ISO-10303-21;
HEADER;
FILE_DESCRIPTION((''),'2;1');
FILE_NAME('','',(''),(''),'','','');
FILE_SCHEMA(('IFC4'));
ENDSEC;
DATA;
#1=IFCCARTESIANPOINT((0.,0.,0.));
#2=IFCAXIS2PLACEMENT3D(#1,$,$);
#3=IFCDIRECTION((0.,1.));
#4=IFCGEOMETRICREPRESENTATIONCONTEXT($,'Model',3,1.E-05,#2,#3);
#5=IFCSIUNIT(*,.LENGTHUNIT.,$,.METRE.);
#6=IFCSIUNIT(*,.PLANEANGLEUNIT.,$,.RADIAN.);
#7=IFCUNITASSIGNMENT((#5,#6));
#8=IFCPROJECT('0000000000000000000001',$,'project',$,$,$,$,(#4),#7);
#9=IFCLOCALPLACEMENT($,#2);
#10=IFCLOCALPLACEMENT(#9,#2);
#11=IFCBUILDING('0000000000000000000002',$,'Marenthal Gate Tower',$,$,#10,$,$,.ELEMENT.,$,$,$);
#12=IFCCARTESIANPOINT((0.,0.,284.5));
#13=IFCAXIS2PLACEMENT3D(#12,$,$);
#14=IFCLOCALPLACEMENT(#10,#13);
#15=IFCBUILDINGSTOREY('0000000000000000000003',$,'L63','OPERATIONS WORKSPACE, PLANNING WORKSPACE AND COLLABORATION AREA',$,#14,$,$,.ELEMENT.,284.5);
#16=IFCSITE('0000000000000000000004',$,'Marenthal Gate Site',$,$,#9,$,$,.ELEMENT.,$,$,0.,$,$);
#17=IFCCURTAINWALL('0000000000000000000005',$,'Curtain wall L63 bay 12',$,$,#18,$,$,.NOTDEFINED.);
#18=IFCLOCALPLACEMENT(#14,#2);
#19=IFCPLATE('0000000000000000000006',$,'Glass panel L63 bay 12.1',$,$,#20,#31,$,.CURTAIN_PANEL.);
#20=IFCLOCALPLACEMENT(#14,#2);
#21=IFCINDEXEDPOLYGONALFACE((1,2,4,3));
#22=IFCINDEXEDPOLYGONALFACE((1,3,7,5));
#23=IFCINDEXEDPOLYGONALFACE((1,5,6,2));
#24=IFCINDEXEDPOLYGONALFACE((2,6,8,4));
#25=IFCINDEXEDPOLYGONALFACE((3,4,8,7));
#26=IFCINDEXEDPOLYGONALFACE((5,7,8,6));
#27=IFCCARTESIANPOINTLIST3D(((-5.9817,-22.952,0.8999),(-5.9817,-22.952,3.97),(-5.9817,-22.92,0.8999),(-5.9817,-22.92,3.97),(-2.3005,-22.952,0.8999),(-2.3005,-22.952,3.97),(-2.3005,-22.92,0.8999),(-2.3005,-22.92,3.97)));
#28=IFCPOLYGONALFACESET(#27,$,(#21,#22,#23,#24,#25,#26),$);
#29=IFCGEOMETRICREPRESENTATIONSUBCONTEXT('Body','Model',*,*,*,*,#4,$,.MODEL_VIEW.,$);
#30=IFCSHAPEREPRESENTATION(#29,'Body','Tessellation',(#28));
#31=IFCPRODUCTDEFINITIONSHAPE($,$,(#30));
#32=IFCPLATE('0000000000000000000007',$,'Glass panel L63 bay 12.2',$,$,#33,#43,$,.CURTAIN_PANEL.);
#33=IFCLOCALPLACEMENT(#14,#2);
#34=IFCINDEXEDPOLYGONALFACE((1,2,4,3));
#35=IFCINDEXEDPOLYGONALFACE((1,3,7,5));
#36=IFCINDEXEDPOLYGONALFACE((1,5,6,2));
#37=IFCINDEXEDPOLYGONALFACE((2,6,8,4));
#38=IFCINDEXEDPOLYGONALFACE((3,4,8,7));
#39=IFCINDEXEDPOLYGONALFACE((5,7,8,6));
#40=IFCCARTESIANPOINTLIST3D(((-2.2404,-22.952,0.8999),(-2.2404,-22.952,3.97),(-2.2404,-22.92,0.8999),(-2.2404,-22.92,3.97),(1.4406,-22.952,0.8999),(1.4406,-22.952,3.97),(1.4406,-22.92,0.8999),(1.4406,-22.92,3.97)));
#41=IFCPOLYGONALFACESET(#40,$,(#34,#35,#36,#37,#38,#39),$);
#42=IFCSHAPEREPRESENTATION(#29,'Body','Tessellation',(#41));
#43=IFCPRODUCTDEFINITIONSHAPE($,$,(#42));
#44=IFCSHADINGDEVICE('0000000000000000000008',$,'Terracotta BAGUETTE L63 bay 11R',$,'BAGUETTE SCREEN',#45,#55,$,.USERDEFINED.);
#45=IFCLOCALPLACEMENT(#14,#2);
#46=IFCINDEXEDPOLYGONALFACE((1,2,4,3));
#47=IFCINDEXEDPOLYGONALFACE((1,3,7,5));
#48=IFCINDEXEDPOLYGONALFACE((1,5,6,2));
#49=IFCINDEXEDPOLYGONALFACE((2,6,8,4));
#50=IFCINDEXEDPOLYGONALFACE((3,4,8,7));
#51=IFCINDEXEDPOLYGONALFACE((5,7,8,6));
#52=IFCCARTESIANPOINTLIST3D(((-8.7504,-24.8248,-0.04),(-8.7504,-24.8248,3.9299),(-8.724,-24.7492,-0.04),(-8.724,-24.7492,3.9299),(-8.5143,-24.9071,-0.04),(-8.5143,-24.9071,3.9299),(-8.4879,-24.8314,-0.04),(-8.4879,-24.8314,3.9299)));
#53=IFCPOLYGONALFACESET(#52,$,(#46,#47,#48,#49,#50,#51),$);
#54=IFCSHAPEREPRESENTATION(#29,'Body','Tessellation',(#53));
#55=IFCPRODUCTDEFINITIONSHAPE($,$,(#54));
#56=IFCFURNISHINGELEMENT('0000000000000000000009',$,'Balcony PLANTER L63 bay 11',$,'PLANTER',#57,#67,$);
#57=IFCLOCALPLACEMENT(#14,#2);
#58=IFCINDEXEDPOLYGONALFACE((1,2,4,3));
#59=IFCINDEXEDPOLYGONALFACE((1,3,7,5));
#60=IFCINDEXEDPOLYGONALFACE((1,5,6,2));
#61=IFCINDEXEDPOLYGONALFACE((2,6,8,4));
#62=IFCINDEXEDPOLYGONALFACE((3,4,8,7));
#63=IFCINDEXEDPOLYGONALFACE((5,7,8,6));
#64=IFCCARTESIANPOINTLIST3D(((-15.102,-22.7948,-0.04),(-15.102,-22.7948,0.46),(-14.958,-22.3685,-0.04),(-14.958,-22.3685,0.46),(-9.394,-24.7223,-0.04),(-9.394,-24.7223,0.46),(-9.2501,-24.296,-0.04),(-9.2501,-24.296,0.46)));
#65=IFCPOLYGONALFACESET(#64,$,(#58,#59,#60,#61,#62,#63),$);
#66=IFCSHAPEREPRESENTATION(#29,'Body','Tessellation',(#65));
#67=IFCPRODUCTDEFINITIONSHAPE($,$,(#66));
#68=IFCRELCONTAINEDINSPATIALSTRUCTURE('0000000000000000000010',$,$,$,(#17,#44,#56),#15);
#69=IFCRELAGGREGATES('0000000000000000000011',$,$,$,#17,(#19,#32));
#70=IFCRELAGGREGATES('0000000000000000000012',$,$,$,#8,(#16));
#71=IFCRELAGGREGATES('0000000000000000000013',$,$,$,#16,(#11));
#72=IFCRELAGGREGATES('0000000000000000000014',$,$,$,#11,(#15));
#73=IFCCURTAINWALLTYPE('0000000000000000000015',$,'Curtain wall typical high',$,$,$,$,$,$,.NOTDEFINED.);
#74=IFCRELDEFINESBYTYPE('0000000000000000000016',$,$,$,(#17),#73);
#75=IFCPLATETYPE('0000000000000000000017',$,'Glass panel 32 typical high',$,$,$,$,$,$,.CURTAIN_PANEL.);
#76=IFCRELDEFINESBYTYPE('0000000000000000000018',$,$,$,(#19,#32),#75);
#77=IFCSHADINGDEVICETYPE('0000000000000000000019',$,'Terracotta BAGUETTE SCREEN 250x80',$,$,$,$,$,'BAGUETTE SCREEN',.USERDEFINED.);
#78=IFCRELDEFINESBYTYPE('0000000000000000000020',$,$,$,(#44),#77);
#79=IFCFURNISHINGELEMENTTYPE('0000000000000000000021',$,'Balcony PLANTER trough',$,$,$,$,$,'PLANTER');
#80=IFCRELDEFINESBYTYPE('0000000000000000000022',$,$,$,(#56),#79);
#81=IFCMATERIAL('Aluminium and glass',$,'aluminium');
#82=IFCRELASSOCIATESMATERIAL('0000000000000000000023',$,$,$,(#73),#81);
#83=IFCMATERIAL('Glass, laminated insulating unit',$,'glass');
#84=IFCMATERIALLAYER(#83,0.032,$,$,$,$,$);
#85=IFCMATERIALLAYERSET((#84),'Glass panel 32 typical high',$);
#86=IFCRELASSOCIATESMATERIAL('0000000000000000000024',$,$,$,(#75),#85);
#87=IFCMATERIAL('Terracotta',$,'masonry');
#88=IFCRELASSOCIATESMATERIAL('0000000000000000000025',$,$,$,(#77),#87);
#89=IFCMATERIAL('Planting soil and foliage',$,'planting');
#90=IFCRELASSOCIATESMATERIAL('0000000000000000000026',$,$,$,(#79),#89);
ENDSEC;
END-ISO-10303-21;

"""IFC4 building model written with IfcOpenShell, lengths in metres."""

from ifc_helpers import new_model, si_unit, direction, frame, origin, origin_2d, place, context, subcontext, project, spatial, rectangle, extrude, material, layer, layer_set, material_profile, profile_set, type_object, element, aggregate, save


model = new_model("IFC4")

# Units and contexts
model_context = context("Model", 3, precision=1e-05, world=origin(), true_north=direction((0.0, 1.0)))
body_context = subcontext(model_context, "Body", "Model", "MODEL_VIEW")
ifc_project = project(units=[si_unit("LENGTHUNIT", "METRE"), si_unit("PLANEANGLEUNIT", "RADIAN")], contexts=[model_context])

# Site, building, storey
site_placement = place(None, origin())
site = spatial("IfcSite", under=ifc_project, at=site_placement, Name="Marenthal Gate Site", CompositionType="ELEMENT", RefElevation=0.0)
building_placement = place(site_placement, origin())
building = spatial("IfcBuilding", under=site, at=building_placement, Name="Marenthal Gate Tower", CompositionType="ELEMENT")
storey_placement = place(building_placement, frame((0.0, 0.0, 284.5)))
storey = spatial("IfcBuildingStorey", under=building, at=storey_placement, Name="L63", Description="OPERATIONS WORKSPACE, PLANNING WORKSPACE AND COLLABORATION AREA", CompositionType="ELEMENT", Elevation=284.5)

# Curtain wall
ifc_material_1 = material(Name="Aluminium and glass", Category="aluminium")
curtain_wall_type = type_object("IfcCurtainWallType", Name="Curtain wall typical high", PredefinedType="NOTDEFINED", material=ifc_material_1)
curtain_wall_placement = place(storey_placement, origin())
curtain_wall = element("IfcCurtainWall", 1, at=curtain_wall_placement, inside=storey, type_object=curtain_wall_type, Name="Curtain wall L63 bay 12", PredefinedType="NOTDEFINED")

# Plates
ifc_material_2 = material(Name="Glass, laminated insulating unit", Category="glass")
ifc_layer = layer(ifc_material_2, 0.032)
ifc_layer_set = layer_set([ifc_layer], Name="Glass panel 32 typical high")
plate_type = type_object("IfcPlateType", Name="Glass panel 32 typical high", PredefinedType="CURTAIN_PANEL", material=ifc_layer_set)
plate_1_placement = place(storey_placement, frame((-4.1411, -22.936, 0.8999), z_axis=(0.0, 0.0, 1.0), x_axis=(1.0, 0.0, 0.0)))
plate_1 = element("IfcPlate", 2, at=plate_1_placement, type_object=plate_type, Name="Glass panel L63 bay 12.1", PredefinedType="CURTAIN_PANEL", context=body_context, shape_type="SweptSolid", body=[
    extrude(rectangle(XDim=3.6812, YDim=0.032, at=origin_2d()), origin(), (0.0, 0.0, 1.0), 3.0701),
])
plate_2_placement = place(storey_placement, frame((-0.3999, -22.936, 0.8999), z_axis=(0.0, 0.0, 1.0), x_axis=(1.0, 0.0, 0.0)))
plate_2 = element("IfcPlate", 3, at=plate_2_placement, type_object=plate_type, Name="Glass panel L63 bay 12.2", PredefinedType="CURTAIN_PANEL", context=body_context, shape_type="SweptSolid", body=[
    extrude(rectangle(XDim=3.6809, YDim=0.032, at=origin_2d()), origin(), (0.0, 0.0, 1.0), 3.0701),
])
aggregate(curtain_wall, [plate_1, plate_2])

# Shading device
ifc_material_3 = material(Name="Terracotta", Category="masonry")
ifc_material_profile_1 = material_profile(ifc_material_3, rectangle(XDim=0.25, YDim=0.0801, at=origin_2d()), Name="Terracotta baguette 250x80")
ifc_profile_set_1 = profile_set([ifc_material_profile_1], Name="Terracotta")
shading_device_type = type_object("IfcShadingDeviceType", Name="Terracotta BAGUETTE SCREEN 250x80", ElementType="BAGUETTE SCREEN", PredefinedType="USERDEFINED", material=ifc_profile_set_1)
shading_device_placement = place(storey_placement, frame((-8.6191, -24.8281, -0.04), z_axis=(0.0, 0.0, 1.0), x_axis=(0.944305, -0.329072, 0.0)))
element("IfcShadingDevice", 4, at=shading_device_placement, inside=storey, type_object=shading_device_type, Name="Terracotta BAGUETTE L63 bay 11R", ObjectType="BAGUETTE SCREEN", PredefinedType="USERDEFINED", context=body_context, shape_type="SweptSolid", body=[
    extrude(rectangle(XDim=0.25, YDim=0.0801, at=origin_2d()), origin(), (0.0, 0.0, 1.0), 3.97),
])

# Furnishing element
ifc_material_4 = material(Name="Planting soil and foliage", Category="planting")
furnishing_element_type = type_object("IfcFurnishingElementType", Name="Balcony PLANTER trough", ElementType="PLANTER", material=ifc_material_4)
furnishing_placement = place(storey_placement, frame((-12.176, -23.5454, -0.04), z_axis=(0.0, 0.0, 1.0), x_axis=(0.947437, -0.319942, 0.0)))
element("IfcFurnishingElement", 5, at=furnishing_placement, inside=storey, type_object=furnishing_element_type, Name="Balcony PLANTER L63 bay 11", ObjectType="PLANTER", context=body_context, shape_type="SweptSolid", body=[
    extrude(rectangle(XDim=6.0247, YDim=0.45, at=origin_2d()), origin(), (0.0, 0.0, 1.0), 0.5),
])

save(model, "model.ifc")
